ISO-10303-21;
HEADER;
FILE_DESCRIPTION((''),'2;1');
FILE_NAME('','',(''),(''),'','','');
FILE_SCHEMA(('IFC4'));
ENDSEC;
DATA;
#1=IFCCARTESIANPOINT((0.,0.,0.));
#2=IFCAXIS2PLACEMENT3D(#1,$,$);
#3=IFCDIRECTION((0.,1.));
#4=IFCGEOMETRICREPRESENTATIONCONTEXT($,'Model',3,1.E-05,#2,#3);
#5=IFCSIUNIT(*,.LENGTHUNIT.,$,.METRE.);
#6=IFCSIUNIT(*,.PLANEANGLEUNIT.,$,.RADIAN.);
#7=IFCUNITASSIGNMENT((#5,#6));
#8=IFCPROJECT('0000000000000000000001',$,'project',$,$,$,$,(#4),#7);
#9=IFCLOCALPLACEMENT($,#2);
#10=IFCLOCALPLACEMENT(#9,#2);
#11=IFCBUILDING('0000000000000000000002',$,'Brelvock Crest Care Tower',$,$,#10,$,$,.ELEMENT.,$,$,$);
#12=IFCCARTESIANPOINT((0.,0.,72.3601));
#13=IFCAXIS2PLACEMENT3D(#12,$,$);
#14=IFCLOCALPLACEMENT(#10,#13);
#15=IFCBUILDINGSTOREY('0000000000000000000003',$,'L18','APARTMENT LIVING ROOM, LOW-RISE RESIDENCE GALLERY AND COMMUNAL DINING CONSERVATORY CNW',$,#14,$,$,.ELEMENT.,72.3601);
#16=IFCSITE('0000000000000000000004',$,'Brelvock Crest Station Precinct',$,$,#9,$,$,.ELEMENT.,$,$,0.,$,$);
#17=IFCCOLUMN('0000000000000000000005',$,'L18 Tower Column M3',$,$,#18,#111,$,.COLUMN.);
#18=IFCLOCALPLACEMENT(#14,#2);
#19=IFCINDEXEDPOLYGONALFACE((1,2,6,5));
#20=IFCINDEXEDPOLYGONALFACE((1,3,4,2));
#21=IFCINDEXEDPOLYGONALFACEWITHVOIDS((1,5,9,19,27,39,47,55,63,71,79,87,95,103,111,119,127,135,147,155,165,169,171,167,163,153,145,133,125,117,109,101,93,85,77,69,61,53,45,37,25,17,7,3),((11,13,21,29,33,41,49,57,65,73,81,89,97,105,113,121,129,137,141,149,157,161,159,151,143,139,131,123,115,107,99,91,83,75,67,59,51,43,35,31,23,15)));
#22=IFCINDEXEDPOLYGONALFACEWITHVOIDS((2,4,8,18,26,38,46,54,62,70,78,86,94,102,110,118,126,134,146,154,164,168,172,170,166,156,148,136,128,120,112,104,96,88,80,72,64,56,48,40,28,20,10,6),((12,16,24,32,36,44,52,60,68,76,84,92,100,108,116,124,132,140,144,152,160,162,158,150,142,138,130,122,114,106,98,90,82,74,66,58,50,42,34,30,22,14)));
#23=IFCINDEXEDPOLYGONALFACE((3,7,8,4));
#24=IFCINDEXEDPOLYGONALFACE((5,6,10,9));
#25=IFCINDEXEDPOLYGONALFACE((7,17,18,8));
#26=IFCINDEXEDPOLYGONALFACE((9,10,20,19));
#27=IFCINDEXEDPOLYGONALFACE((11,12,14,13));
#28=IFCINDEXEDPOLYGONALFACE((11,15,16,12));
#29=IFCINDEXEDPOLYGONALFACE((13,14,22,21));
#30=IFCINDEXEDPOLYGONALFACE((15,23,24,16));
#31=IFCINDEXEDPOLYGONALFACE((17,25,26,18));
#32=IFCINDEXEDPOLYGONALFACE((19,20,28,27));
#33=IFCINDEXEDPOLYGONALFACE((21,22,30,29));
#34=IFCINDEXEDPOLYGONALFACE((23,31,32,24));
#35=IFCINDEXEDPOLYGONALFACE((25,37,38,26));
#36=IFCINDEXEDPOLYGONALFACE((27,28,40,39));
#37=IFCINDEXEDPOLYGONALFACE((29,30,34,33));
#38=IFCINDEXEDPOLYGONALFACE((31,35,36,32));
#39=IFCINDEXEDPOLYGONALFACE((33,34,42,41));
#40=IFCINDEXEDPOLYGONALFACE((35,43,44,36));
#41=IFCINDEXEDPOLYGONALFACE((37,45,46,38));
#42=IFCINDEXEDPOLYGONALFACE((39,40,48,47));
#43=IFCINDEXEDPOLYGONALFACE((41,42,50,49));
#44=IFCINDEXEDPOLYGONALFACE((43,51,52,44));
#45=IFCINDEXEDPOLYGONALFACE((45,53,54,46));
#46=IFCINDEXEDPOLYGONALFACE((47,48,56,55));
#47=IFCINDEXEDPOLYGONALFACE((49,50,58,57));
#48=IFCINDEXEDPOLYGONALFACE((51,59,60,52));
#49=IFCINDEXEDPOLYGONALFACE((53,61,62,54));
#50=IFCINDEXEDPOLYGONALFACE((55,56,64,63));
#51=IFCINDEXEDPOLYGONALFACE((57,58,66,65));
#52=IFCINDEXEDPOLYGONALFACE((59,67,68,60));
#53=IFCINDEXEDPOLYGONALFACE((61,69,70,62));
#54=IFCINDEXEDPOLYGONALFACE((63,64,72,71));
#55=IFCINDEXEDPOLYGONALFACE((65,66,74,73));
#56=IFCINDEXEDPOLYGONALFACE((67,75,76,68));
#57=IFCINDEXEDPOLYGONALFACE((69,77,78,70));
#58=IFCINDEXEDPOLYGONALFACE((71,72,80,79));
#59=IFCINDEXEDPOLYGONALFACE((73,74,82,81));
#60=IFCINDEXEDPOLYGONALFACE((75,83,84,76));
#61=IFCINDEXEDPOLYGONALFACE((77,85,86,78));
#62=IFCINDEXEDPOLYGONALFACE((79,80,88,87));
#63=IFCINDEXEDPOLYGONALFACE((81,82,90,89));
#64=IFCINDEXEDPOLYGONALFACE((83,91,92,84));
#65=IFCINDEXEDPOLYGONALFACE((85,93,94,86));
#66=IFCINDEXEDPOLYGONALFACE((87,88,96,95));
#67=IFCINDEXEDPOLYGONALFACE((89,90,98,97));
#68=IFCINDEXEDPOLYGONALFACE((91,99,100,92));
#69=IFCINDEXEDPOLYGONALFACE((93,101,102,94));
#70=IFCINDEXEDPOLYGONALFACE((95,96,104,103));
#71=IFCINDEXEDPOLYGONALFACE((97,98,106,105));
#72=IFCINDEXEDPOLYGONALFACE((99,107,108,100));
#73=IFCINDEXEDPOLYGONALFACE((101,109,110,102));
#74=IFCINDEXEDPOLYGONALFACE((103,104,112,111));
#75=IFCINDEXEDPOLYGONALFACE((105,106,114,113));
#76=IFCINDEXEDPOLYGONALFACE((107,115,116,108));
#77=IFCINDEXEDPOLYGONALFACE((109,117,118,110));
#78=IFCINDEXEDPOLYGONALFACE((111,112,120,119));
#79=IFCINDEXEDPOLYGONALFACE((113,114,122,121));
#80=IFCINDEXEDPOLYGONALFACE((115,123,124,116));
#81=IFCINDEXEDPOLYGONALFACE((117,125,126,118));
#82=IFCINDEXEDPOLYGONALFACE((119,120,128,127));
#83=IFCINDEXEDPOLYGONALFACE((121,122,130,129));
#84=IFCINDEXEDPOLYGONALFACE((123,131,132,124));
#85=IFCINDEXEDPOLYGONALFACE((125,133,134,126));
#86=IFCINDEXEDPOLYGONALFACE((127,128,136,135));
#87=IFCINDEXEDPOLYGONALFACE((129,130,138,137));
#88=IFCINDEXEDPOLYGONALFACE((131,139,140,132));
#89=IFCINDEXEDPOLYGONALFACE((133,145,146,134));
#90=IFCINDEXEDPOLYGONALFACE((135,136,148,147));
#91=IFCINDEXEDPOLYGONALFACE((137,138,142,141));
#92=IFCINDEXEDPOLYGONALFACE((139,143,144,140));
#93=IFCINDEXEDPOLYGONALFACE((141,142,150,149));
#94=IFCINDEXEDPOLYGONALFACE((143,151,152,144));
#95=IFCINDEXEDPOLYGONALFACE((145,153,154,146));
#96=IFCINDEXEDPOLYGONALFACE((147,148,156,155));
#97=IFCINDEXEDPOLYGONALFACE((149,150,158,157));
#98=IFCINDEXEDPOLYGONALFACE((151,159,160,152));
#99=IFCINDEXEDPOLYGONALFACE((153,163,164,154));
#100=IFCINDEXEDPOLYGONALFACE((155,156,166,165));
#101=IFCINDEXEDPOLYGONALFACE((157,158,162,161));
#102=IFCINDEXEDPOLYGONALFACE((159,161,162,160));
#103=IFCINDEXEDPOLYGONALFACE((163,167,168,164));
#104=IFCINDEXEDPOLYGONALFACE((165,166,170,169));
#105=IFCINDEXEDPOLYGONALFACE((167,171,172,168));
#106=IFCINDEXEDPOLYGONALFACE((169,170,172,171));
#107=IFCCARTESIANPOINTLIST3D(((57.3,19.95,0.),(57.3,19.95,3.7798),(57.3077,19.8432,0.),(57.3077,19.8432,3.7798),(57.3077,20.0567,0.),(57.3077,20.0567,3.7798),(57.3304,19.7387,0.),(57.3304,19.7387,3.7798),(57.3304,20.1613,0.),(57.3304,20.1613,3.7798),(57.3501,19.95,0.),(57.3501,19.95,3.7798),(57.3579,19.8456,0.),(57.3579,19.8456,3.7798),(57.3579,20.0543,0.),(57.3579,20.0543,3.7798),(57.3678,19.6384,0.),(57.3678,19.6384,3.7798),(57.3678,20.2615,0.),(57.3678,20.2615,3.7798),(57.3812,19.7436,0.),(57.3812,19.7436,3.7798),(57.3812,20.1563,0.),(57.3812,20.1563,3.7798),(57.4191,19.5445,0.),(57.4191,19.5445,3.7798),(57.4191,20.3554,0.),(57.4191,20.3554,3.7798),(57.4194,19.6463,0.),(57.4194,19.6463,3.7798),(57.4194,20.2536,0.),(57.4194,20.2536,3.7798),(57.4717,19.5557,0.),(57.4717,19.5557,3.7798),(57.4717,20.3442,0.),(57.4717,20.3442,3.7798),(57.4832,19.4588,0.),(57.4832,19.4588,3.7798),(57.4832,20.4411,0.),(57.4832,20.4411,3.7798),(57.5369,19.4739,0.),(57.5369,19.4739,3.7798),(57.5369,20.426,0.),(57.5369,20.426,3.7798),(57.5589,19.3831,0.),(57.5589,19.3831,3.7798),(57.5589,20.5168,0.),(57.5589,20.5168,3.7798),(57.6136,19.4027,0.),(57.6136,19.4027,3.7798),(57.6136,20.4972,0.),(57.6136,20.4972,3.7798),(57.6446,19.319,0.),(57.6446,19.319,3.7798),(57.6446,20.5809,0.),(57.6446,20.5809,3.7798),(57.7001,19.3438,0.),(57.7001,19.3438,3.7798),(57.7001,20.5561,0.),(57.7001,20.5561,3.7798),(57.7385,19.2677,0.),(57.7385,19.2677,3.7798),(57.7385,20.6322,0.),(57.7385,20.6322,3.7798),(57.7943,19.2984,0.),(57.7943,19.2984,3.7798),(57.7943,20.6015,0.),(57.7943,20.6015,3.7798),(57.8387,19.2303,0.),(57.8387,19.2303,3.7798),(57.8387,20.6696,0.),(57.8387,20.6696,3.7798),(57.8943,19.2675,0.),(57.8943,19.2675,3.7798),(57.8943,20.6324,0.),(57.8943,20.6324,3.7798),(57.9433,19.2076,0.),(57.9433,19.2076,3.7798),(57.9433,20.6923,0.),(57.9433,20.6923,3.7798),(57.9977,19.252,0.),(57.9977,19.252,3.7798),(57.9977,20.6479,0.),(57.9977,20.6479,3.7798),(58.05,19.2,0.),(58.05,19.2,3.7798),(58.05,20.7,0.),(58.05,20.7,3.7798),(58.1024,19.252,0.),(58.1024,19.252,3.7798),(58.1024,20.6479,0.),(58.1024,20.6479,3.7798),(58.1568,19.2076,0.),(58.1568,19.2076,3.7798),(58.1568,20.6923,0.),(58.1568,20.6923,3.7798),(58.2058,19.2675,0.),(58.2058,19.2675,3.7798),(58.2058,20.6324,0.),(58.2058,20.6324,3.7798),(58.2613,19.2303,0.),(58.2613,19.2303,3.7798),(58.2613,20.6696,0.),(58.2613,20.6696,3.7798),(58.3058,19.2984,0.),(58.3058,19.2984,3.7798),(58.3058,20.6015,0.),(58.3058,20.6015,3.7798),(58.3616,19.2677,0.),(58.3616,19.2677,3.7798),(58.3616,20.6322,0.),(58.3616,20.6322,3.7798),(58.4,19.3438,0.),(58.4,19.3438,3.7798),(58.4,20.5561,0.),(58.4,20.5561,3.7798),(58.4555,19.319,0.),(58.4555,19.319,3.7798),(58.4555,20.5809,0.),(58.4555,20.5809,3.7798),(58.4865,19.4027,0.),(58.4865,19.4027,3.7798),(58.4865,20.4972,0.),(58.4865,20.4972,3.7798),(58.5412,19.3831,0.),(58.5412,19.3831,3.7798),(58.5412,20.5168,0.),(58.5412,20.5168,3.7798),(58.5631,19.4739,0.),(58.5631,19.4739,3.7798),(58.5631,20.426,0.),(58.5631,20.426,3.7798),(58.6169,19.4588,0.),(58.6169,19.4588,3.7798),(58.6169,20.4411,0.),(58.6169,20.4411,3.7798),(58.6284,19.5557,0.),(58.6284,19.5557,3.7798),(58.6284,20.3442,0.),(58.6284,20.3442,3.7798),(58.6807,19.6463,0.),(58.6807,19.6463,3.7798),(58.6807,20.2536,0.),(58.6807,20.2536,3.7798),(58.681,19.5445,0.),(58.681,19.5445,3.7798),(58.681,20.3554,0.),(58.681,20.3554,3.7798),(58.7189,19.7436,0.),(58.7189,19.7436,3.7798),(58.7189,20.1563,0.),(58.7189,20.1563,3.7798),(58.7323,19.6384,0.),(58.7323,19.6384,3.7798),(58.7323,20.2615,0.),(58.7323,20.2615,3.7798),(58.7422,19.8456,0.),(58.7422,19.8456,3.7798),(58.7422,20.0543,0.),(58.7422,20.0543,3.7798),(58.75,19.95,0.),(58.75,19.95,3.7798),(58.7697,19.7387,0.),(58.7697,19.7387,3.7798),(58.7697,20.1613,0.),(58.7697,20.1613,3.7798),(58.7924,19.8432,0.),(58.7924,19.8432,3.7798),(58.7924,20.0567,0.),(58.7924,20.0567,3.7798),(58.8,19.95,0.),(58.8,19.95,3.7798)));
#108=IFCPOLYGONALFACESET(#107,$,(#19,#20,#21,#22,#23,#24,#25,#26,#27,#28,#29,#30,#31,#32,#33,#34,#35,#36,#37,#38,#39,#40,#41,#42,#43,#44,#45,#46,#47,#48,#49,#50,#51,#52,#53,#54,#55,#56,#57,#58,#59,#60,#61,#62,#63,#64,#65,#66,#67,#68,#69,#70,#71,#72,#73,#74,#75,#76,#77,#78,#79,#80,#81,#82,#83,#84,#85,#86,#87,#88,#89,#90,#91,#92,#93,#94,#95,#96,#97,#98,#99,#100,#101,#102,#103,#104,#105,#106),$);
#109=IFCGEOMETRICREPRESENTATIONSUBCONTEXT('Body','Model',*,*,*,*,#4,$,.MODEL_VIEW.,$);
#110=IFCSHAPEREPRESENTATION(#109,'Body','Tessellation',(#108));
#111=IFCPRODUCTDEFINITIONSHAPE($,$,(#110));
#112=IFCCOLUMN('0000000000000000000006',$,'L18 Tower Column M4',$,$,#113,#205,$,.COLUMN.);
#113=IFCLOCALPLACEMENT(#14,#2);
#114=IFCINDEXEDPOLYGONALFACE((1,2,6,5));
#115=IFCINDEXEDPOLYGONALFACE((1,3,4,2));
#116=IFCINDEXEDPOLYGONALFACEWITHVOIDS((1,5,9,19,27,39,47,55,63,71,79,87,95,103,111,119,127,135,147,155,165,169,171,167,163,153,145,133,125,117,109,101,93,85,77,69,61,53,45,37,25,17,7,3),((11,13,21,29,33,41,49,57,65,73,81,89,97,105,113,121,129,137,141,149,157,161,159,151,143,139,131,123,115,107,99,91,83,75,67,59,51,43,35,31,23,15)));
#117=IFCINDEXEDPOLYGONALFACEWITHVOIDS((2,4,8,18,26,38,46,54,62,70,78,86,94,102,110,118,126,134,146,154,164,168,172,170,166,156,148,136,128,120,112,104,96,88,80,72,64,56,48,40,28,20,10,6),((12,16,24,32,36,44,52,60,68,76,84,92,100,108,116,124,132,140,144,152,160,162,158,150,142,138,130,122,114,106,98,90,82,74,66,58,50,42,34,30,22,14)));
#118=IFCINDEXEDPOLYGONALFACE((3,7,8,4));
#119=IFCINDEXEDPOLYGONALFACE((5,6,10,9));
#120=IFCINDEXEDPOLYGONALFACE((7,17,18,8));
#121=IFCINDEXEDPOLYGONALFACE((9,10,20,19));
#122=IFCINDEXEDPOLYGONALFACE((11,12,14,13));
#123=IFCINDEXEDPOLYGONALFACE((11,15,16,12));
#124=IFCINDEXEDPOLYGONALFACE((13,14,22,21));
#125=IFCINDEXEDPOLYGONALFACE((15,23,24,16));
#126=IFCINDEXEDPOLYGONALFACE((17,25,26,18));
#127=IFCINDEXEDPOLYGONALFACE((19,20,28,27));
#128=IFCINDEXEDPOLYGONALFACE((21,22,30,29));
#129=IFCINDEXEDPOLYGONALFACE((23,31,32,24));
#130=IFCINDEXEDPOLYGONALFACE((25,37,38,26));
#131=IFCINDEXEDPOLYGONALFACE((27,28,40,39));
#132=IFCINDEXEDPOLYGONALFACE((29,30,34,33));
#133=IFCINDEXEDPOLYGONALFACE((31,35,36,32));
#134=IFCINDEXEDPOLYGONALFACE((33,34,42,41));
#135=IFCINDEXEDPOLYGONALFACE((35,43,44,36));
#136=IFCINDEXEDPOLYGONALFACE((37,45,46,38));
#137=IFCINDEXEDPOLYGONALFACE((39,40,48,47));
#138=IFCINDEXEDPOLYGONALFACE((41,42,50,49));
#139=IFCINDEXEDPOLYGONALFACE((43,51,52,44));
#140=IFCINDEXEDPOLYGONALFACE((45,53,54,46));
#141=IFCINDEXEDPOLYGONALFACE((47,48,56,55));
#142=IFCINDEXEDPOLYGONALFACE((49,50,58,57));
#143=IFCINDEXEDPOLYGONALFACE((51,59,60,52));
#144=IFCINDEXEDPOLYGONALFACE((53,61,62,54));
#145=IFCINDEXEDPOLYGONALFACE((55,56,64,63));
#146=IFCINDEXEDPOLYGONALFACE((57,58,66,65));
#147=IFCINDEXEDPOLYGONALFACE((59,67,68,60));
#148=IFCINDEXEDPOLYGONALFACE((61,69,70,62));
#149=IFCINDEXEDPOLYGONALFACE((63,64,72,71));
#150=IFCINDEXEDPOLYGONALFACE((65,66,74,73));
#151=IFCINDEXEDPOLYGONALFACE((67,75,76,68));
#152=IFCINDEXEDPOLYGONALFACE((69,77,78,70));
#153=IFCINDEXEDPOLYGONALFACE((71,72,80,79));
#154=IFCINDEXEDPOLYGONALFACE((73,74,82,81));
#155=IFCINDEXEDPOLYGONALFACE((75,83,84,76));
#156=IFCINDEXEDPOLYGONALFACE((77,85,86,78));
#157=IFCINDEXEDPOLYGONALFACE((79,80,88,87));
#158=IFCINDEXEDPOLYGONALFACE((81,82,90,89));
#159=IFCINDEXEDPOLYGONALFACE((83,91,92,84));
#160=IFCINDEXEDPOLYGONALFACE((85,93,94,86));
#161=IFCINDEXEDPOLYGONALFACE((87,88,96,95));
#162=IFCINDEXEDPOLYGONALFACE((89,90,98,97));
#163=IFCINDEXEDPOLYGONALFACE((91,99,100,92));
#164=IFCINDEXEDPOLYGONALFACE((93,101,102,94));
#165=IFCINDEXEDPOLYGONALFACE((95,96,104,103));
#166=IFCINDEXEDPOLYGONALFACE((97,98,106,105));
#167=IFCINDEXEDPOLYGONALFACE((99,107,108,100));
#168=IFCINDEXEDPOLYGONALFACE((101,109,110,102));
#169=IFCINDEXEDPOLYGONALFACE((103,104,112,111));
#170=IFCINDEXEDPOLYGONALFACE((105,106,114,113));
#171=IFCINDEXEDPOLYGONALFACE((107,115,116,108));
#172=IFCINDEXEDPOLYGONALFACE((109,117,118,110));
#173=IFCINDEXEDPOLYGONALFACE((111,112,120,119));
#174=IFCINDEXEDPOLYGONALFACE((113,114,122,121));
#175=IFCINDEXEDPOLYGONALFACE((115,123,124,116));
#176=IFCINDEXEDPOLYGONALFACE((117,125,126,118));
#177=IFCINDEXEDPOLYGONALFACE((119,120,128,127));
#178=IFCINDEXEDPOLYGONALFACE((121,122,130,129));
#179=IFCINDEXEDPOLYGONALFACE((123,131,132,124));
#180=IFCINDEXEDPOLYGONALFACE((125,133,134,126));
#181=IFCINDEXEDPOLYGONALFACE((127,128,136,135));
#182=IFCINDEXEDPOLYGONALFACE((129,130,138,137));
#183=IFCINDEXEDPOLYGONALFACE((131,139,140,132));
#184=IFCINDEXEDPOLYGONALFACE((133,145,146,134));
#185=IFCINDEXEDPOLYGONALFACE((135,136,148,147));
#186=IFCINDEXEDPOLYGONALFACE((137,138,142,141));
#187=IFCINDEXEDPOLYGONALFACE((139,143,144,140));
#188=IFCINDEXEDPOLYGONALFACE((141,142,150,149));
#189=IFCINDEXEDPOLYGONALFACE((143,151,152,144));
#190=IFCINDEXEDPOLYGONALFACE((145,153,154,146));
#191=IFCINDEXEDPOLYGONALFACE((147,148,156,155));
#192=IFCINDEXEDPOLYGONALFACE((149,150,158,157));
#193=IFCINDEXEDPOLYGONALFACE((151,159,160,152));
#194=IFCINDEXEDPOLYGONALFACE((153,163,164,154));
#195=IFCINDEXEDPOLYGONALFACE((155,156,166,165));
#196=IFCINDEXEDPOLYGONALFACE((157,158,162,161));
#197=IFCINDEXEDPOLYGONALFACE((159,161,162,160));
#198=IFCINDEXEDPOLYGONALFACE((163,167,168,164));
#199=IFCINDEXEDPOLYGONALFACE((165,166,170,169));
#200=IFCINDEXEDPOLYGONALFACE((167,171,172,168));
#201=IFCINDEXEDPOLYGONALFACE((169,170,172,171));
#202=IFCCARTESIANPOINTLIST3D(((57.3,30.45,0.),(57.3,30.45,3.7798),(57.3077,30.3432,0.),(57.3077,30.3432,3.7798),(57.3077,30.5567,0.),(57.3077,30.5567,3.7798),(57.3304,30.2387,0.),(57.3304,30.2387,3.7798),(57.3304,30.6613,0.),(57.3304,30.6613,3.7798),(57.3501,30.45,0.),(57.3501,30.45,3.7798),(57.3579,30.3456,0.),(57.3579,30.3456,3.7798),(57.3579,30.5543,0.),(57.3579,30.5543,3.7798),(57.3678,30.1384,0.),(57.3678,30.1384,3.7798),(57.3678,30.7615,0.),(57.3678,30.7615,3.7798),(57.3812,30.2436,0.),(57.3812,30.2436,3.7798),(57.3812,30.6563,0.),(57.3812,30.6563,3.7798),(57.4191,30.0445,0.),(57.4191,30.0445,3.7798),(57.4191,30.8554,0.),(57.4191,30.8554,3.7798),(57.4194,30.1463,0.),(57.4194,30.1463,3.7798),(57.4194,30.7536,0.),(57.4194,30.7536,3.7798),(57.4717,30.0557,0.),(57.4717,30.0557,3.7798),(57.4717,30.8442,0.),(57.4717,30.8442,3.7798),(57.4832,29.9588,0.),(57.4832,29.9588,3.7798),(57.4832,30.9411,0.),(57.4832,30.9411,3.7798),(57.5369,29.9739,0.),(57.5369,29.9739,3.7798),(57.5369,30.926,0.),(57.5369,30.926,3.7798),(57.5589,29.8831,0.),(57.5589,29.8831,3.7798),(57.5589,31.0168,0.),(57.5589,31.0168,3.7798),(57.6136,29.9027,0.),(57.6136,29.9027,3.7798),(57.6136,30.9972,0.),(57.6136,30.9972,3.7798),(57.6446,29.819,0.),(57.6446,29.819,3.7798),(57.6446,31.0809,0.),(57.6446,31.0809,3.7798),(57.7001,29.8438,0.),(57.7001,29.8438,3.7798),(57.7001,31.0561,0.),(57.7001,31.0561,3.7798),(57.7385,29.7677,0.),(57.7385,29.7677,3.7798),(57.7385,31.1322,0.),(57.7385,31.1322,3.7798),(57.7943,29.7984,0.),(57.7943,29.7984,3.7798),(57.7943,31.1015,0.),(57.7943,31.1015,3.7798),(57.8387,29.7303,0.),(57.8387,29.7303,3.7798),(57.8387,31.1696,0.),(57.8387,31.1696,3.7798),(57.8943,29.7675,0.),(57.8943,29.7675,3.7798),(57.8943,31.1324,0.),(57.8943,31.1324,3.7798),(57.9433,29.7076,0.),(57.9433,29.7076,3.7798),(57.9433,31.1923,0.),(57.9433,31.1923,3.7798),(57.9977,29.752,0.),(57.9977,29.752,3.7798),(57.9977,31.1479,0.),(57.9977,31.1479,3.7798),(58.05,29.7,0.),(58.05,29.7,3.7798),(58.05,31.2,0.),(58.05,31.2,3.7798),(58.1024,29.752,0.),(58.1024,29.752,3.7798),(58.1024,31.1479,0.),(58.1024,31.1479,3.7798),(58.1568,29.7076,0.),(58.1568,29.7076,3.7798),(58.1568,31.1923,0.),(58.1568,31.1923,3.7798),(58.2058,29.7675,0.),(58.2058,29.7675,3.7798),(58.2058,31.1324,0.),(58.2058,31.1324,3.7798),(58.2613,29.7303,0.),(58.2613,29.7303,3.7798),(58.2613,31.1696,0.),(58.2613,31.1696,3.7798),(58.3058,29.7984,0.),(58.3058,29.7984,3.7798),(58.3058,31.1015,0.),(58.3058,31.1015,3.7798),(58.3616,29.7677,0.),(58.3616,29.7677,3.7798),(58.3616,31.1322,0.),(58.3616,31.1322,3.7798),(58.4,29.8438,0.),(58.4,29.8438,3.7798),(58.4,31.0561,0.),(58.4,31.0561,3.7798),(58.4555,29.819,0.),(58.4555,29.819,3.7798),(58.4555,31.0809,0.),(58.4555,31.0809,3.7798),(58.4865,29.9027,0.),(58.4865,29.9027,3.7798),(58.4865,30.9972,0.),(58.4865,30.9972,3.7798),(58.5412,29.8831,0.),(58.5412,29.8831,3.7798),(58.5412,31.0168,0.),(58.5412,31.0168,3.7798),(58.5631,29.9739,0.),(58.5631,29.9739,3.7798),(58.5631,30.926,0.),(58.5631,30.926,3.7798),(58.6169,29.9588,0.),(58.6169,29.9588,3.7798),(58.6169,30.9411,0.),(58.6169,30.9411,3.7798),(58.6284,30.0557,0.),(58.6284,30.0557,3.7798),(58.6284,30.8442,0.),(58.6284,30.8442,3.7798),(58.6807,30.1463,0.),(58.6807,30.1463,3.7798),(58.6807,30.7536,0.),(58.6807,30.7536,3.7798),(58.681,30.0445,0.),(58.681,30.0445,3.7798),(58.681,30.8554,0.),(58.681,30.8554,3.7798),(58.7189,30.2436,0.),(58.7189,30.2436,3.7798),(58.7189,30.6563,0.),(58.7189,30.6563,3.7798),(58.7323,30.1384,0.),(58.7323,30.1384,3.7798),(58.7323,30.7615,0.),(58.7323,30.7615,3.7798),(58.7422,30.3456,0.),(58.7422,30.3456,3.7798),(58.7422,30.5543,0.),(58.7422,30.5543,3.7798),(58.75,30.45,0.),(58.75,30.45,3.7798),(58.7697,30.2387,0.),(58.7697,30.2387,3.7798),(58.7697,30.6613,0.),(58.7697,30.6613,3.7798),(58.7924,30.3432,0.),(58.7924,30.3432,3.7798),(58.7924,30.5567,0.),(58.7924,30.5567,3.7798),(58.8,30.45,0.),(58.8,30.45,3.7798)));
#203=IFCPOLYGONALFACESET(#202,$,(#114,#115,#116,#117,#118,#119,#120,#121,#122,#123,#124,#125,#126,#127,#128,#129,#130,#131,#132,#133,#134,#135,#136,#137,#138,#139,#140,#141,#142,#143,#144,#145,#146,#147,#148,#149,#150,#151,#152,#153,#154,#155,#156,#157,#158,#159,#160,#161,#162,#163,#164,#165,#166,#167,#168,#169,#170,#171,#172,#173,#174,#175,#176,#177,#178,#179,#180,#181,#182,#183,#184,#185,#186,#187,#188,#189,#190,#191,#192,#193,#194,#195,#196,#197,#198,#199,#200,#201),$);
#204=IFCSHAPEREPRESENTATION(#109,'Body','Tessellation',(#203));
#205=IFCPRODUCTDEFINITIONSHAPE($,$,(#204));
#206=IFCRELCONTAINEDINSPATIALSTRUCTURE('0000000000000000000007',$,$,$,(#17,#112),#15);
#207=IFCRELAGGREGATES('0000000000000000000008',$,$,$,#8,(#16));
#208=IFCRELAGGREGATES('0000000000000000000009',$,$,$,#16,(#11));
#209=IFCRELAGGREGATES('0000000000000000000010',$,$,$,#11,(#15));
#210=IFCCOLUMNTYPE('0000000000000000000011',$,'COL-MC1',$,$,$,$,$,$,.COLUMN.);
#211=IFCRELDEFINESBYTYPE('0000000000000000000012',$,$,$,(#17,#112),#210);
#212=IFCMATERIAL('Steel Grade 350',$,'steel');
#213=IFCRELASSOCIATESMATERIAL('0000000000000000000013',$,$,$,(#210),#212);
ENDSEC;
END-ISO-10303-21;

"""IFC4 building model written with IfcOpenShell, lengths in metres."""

from ifc_helpers import new_model, si_unit, direction, frame, origin, origin_2d, place, context, subcontext, project, spatial, hollow_circle, extrude, source, transform, mapped, material, material_profile, profile_set, type_object, element, save


model = new_model("IFC4")

# Units and contexts
model_context = context("Model", 3, precision=1e-05, world=origin(), true_north=direction((0.0, 1.0)))
body_context = subcontext(model_context, "Body", "Model", "MODEL_VIEW")
ifc_project = project(units=[si_unit("LENGTHUNIT", "METRE"), si_unit("PLANEANGLEUNIT", "RADIAN")], contexts=[model_context])

# Site, building, storey
site_placement = place(None, origin())
site = spatial("IfcSite", under=ifc_project, at=site_placement, Name="Brelvock Crest Station Precinct", CompositionType="ELEMENT", RefElevation=0.0)
building_placement = place(site_placement, origin())
building = spatial("IfcBuilding", under=site, at=building_placement, Name="Brelvock Crest Care Tower", CompositionType="ELEMENT")
storey_placement = place(building_placement, frame((0.0, 0.0, 72.3601)))
storey = spatial("IfcBuildingStorey", under=building, at=storey_placement, Name="L18", Description="APARTMENT LIVING ROOM, LOW-RISE RESIDENCE GALLERY AND COMMUNAL DINING CONSERVATORY CNW", CompositionType="ELEMENT", Elevation=72.3601)

# Columns
ifc_material_1 = material(Name="Steel Grade 350", Category="steel")
ifc_material_profile_1 = material_profile(ifc_material_1, hollow_circle(Radius=0.75, WallThickness=0.05, at=origin_2d()), Name="CFT1500x50")
ifc_profile_set_1 = profile_set([ifc_material_profile_1], Name="Steel Grade 350")
column_type = type_object("IfcColumnType", Name="COL-MC1", PredefinedType="COLUMN", material=ifc_profile_set_1)
shared_shape_1 = source(origin(), body_context, "Body", "SweptSolid", [
    extrude(hollow_circle(Radius=0.75, WallThickness=0.05, at=origin_2d()), origin(), (0.0, 0.0, 1.0), 3.7798),
])
for number, where, z_axis, x_axis, name in (
    (1, (58.05, 19.95, 0.0), (0.0, 0.0, 1.0), (1.0, 0.0, 0.0), "L18 Tower Column M3"),
    (2, (58.05, 30.45, 0.0), (0.0, 0.0, 1.0), (1.0, 0.0, 0.0), "L18 Tower Column M4"),
):
    element("IfcColumn", number, at=place(storey_placement, frame(where, z_axis=z_axis, x_axis=x_axis)), inside=storey, type_object=column_type, Name=name, PredefinedType="COLUMN", context=body_context, shape_type="MappedRepresentation", body=[
        mapped(shared_shape_1, transform((0.0, 0.0, 0.0), x_axis=(1.0, 0.0, 0.0), y_axis=(0.0, 1.0, 0.0), z_axis=(0.0, 0.0, 1.0), scale=1.0)),
    ])

save(model, "model.ifc")
